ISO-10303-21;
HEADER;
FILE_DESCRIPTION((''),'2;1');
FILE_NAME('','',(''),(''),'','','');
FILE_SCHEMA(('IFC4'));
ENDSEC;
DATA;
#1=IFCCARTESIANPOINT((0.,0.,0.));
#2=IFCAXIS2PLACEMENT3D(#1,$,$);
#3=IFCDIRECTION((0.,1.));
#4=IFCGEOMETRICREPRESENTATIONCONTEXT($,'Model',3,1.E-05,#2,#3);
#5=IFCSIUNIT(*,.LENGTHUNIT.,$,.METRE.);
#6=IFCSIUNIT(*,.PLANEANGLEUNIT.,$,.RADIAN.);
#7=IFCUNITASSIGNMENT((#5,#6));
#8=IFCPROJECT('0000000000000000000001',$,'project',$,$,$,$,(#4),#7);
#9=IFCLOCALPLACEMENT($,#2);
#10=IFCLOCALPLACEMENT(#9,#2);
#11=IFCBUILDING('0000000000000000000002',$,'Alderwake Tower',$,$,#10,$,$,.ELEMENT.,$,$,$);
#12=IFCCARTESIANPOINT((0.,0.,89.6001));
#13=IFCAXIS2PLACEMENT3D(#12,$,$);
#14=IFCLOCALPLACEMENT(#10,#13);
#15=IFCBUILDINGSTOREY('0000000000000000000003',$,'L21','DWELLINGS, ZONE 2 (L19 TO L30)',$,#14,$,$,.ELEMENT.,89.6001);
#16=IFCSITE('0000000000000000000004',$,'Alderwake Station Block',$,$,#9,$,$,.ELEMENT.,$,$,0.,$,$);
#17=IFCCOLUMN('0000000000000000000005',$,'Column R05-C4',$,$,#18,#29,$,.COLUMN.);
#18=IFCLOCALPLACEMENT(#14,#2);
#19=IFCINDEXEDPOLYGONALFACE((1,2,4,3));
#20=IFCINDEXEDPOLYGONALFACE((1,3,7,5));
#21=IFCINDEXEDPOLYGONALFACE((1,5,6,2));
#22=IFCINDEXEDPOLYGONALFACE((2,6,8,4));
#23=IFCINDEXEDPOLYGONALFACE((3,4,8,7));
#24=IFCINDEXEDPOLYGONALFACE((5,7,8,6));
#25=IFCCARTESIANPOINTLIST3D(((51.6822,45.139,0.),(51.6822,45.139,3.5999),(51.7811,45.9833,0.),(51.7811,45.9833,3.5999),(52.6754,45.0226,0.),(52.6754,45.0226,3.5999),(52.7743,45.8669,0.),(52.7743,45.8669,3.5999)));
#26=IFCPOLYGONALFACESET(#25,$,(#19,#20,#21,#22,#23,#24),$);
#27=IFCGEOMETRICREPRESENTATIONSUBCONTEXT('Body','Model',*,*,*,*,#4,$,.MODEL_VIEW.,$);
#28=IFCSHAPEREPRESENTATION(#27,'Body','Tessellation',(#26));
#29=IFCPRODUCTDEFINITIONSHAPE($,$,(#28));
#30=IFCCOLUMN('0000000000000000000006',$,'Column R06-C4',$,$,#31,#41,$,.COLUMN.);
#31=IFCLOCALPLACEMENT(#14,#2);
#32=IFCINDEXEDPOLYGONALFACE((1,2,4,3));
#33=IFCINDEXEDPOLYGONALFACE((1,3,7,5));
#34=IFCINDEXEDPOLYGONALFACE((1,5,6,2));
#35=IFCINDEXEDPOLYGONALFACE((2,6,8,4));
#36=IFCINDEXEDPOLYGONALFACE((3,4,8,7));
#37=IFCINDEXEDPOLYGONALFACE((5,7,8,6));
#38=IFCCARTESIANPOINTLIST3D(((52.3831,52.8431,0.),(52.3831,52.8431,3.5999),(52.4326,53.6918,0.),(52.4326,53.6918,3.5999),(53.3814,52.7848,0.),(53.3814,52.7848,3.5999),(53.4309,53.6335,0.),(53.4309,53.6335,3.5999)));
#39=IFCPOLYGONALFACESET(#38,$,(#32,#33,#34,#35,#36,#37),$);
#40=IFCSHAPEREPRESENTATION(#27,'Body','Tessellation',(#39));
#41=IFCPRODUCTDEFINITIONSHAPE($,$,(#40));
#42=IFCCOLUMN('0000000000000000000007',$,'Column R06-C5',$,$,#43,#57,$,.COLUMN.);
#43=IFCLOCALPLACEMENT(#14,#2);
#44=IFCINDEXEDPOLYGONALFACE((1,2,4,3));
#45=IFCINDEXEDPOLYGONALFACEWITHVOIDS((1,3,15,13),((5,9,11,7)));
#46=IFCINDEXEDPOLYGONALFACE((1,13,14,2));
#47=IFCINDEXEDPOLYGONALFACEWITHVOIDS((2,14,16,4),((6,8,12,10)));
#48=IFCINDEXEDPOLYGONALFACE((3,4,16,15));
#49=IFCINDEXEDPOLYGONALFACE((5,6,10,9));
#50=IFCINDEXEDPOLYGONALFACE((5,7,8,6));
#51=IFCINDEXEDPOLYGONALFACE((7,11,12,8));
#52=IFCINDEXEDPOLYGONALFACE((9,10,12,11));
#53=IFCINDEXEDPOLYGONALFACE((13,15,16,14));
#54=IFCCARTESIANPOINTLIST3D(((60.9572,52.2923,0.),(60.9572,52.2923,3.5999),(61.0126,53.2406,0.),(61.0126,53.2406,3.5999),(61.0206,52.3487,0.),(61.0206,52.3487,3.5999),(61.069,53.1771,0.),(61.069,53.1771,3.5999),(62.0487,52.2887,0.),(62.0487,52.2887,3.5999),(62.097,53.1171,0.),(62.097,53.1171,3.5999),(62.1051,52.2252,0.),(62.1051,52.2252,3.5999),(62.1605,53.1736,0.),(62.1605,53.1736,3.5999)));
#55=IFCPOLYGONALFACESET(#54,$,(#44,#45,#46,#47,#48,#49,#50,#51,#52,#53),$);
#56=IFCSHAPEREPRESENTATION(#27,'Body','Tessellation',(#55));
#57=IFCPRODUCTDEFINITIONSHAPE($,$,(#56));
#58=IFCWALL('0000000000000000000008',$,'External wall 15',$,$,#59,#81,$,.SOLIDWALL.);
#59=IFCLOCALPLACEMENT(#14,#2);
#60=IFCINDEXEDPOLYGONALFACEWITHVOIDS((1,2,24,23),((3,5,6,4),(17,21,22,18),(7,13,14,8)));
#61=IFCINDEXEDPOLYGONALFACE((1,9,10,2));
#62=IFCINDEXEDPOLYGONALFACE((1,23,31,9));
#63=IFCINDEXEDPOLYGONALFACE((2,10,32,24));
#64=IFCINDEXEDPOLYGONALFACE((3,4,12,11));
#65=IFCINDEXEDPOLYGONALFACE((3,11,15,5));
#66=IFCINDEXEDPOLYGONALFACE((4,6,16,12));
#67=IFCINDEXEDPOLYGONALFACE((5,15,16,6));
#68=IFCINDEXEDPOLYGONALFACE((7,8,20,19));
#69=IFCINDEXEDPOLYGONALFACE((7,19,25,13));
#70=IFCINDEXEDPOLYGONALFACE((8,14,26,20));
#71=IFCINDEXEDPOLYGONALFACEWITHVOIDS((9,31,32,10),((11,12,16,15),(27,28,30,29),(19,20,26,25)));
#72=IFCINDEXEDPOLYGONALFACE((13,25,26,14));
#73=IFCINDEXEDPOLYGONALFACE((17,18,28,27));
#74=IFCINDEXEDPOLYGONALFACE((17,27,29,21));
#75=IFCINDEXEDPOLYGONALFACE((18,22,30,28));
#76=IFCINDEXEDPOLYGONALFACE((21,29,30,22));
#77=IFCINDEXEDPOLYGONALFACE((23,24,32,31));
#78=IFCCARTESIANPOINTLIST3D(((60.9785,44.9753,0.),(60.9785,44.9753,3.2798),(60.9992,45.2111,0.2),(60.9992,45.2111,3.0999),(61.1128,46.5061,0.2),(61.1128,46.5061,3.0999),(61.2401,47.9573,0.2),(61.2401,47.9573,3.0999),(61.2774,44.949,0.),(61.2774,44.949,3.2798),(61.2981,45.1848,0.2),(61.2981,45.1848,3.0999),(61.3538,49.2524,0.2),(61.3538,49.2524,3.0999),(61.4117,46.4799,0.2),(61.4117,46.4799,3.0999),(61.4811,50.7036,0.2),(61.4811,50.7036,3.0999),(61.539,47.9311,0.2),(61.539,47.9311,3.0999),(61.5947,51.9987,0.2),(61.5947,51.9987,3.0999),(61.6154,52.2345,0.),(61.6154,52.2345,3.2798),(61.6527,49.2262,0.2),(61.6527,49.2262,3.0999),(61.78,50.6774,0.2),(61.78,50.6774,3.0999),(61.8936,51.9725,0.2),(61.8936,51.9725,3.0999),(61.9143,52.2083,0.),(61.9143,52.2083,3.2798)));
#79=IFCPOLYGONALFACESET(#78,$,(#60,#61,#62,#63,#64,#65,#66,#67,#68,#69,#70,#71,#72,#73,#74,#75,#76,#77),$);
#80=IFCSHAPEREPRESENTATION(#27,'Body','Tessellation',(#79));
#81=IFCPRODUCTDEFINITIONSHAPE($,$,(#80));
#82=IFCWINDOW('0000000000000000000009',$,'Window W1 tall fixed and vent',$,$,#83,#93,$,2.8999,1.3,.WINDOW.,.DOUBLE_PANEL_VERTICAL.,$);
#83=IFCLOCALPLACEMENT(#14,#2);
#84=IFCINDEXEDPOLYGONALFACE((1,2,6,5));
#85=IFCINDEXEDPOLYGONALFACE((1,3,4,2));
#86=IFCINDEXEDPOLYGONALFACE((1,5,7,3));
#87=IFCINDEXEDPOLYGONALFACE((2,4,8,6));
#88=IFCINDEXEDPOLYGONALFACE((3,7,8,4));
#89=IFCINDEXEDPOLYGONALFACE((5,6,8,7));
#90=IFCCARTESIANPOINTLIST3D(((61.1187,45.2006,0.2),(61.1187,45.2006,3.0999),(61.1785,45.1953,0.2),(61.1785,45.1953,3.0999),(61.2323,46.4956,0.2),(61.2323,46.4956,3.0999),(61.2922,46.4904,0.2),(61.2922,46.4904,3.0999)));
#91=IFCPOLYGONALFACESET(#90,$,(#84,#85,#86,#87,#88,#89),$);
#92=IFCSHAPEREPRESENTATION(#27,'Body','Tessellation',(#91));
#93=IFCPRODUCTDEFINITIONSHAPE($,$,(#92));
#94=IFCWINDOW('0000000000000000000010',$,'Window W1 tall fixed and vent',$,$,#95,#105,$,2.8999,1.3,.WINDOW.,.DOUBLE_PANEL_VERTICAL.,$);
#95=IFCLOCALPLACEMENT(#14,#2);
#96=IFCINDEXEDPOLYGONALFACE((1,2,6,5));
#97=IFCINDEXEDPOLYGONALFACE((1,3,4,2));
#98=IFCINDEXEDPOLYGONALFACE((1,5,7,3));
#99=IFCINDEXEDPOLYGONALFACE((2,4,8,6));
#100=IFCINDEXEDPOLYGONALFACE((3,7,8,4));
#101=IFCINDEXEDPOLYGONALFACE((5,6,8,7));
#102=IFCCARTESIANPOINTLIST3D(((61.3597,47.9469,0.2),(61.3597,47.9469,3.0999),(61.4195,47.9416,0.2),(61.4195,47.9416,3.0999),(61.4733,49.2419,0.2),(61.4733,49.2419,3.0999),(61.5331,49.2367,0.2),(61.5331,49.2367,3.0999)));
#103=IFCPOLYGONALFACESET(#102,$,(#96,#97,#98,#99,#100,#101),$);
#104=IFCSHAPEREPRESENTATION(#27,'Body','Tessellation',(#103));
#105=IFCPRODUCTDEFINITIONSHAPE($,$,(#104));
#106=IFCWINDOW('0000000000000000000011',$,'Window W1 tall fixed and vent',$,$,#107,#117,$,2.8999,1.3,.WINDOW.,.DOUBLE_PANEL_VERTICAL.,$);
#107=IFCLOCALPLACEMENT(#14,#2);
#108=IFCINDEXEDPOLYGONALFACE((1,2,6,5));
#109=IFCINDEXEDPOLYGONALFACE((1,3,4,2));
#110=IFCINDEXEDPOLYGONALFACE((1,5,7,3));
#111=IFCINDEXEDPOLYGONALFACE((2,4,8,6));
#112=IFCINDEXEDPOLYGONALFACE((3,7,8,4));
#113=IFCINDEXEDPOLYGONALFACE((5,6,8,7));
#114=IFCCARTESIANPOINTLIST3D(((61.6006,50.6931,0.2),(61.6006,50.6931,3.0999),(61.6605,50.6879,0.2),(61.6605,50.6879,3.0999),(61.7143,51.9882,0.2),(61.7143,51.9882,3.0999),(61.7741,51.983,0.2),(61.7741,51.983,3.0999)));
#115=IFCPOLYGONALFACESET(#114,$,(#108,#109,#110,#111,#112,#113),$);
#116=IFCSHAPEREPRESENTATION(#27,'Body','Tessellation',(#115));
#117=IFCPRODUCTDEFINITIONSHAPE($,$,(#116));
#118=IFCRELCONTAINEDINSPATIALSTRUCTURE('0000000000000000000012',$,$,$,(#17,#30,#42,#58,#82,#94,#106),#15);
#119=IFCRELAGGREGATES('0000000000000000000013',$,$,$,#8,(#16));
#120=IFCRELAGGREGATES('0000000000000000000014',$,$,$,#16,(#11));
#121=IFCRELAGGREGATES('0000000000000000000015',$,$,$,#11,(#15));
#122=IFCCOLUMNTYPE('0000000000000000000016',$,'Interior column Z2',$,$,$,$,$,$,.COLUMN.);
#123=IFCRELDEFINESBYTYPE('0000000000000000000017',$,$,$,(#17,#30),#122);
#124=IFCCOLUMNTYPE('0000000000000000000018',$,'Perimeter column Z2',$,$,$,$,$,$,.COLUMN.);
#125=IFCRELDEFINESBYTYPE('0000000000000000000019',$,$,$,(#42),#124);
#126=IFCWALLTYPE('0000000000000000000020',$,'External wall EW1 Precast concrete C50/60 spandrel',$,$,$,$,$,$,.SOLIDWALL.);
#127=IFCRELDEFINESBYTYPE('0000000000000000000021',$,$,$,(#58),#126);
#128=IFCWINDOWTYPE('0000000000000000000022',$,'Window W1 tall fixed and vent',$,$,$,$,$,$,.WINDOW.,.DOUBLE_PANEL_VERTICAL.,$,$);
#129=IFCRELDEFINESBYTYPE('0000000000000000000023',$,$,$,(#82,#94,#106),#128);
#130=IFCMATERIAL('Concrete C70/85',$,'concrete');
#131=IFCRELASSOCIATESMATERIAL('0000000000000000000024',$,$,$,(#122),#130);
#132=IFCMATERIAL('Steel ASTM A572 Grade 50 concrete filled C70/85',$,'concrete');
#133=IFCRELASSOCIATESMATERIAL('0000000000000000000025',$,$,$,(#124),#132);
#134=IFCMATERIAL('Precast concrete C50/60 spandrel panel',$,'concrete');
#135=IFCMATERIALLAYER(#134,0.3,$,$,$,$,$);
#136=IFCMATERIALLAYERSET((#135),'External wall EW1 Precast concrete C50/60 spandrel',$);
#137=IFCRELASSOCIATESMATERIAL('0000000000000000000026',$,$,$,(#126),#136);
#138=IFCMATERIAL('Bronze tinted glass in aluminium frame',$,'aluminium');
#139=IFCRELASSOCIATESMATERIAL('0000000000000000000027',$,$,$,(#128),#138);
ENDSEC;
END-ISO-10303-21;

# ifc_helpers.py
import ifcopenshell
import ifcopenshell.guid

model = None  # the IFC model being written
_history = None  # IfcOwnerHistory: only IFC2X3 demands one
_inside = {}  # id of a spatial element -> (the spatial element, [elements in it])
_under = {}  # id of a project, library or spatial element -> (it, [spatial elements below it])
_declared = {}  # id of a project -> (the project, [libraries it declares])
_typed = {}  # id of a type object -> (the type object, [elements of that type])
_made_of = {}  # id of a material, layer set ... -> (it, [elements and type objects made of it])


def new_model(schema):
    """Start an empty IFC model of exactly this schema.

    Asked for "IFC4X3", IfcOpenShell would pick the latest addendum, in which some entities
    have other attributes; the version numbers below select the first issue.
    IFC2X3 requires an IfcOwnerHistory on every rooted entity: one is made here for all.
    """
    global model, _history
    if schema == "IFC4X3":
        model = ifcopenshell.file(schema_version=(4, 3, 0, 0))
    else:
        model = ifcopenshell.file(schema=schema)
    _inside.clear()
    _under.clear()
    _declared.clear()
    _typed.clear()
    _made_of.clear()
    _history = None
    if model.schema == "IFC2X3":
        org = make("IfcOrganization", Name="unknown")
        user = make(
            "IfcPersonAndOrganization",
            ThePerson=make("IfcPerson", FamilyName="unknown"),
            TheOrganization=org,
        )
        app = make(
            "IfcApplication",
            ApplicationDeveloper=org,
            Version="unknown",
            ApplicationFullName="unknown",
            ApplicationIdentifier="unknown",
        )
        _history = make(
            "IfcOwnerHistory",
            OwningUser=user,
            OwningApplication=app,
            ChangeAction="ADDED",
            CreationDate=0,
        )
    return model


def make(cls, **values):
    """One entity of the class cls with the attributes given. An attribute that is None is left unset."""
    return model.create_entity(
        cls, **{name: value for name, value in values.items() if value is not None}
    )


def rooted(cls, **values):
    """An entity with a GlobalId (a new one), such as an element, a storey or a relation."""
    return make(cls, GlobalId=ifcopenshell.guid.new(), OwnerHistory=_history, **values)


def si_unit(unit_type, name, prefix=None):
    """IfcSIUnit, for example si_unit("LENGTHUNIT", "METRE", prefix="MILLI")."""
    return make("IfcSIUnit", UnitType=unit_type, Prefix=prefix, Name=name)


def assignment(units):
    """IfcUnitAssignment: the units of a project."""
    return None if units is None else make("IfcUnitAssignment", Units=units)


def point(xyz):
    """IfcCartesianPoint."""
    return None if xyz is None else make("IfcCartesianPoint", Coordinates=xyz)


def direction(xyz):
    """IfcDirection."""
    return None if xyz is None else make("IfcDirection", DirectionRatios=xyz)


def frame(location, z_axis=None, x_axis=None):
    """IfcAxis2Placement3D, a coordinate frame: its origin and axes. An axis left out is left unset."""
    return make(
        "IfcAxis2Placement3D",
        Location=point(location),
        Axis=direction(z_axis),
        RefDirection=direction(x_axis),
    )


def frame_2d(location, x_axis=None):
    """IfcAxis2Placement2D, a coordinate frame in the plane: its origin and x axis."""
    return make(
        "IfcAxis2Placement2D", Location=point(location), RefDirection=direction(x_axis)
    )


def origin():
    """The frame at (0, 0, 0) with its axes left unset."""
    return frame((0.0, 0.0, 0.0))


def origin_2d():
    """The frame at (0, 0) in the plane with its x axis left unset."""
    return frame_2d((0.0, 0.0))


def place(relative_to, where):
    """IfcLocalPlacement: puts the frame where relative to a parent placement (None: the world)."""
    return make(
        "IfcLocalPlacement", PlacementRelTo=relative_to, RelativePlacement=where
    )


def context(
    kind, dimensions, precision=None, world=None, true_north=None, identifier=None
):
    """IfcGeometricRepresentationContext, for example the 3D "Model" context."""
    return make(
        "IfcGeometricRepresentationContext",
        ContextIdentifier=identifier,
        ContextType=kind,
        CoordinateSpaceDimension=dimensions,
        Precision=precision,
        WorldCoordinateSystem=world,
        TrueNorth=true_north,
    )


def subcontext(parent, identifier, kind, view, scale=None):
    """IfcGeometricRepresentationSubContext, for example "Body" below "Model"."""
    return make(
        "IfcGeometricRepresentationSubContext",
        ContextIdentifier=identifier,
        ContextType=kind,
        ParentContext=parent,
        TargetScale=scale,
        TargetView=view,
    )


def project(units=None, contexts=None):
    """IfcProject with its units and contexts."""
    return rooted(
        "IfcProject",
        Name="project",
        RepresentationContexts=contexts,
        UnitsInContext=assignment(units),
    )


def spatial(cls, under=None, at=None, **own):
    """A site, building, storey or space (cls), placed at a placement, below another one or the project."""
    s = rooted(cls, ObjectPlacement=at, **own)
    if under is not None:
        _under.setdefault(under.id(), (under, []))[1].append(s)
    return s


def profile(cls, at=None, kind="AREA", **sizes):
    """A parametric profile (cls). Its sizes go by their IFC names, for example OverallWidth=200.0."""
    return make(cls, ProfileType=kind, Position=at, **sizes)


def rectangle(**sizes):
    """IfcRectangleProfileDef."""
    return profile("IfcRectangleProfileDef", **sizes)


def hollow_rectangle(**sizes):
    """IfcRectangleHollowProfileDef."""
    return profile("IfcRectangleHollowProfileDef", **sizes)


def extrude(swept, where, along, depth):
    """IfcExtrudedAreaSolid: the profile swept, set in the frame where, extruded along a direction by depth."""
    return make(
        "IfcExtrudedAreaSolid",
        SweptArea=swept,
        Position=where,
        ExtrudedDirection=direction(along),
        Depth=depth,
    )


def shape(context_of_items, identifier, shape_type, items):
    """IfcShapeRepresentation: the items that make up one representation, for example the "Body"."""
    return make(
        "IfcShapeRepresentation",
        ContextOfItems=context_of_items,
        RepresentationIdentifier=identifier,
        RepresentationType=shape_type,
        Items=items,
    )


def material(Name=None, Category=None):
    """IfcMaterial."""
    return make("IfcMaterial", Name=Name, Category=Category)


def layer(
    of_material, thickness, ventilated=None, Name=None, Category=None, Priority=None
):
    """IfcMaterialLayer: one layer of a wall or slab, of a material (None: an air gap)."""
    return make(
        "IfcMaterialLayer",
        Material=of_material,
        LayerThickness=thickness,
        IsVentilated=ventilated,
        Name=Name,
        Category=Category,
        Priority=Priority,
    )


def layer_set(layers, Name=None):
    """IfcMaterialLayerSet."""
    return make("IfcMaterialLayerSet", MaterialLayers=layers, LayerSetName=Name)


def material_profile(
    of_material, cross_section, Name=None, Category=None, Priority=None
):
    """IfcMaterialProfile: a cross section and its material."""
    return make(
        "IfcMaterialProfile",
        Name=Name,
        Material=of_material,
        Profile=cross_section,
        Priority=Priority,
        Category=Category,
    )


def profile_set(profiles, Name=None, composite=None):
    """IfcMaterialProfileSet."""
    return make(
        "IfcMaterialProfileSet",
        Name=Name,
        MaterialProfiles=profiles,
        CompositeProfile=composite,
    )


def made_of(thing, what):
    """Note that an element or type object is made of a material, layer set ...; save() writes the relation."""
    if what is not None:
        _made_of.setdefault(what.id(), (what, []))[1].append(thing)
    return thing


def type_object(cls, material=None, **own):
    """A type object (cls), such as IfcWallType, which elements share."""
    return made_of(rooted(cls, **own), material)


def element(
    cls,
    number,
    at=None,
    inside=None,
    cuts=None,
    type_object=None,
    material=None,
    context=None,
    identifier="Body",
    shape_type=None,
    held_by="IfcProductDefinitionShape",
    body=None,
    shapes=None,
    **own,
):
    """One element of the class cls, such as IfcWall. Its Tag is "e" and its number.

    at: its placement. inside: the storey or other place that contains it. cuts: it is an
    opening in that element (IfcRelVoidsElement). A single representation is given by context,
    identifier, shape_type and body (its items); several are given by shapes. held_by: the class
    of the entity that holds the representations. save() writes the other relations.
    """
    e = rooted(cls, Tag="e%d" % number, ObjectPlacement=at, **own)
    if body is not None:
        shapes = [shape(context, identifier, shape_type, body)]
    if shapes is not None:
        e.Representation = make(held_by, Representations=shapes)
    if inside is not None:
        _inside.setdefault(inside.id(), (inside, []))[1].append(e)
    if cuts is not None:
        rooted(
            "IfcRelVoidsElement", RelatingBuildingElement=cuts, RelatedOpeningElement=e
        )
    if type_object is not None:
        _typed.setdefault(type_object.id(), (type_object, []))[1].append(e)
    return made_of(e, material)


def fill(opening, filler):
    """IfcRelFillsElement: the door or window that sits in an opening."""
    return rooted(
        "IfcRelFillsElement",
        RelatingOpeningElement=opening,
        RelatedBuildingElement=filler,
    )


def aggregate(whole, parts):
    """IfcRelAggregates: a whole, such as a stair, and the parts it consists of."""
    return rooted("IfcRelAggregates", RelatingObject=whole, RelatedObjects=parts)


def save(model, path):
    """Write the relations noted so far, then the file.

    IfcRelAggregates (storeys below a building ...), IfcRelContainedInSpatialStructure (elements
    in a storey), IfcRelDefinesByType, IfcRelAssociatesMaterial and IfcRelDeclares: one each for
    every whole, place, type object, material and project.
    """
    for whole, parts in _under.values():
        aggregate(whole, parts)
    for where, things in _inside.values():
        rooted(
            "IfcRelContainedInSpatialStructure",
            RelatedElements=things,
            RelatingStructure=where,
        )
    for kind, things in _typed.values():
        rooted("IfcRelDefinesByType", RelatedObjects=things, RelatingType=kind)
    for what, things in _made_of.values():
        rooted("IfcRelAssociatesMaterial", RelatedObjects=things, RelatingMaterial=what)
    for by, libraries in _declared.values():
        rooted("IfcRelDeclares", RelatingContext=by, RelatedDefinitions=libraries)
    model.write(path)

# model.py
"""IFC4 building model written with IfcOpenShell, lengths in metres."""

from ifc_helpers import new_model, si_unit, direction, frame, frame_2d, origin, origin_2d, place, context, subcontext, project, spatial, rectangle, hollow_rectangle, extrude, material, layer, layer_set, material_profile, profile_set, type_object, element, fill, save


model = new_model("IFC4")

# Units and contexts
model_context = context("Model", 3, precision=1e-05, world=origin(), true_north=direction((0.0, 1.0)))
body_context = subcontext(model_context, "Body", "Model", "MODEL_VIEW")
ifc_project = project(units=[si_unit("LENGTHUNIT", "METRE"), si_unit("PLANEANGLEUNIT", "RADIAN")], contexts=[model_context])

# Site, building, storey
site_placement = place(None, origin())
site = spatial("IfcSite", under=ifc_project, at=site_placement, Name="Alderwake Station Block", CompositionType="ELEMENT", RefElevation=0.0)
building_placement = place(site_placement, origin())
building = spatial("IfcBuilding", under=site, at=building_placement, Name="Alderwake Tower", CompositionType="ELEMENT")
storey_placement = place(building_placement, frame((0.0, 0.0, 89.6001)))
storey = spatial("IfcBuildingStorey", under=building, at=storey_placement, Name="L21", Description="DWELLINGS, ZONE 2 (L19 TO L30)", CompositionType="ELEMENT", Elevation=89.6001)

# Columns
ifc_material_1 = material(Name="Concrete C70/85", Category="concrete")
ifc_material_profile_1 = material_profile(ifc_material_1, rectangle(XDim=0.8501, YDim=1.0, at=origin_2d()), Name="RC 1000X850")
ifc_profile_set_1 = profile_set([ifc_material_profile_1], Name="Concrete C70/85")
column_type_1 = type_object("IfcColumnType", Name="Interior column Z2", PredefinedType="COLUMN", material=ifc_profile_set_1)
for number, where, z_axis, x_axis, name in (
    (1, (52.2283, 45.5029, 0.0), (0.0, 0.0, 1.0), (0.116402, 0.993202, 0.0), "Column R05-C4"),
    (2, (52.907, 53.2383, 0.0), (0.0, 0.0, 1.0), (0.058301, 0.998299, 0.0), "Column R06-C4"),
):
    element("IfcColumn", number, at=place(storey_placement, frame(where, z_axis=z_axis, x_axis=x_axis)), inside=storey, type_object=column_type_1, Name=name, PredefinedType="COLUMN", context=body_context, shape_type="SweptSolid", body=[
        extrude(rectangle(XDim=0.8501, YDim=1.0, at=origin_2d()), origin(), (0.0, 0.0, 1.0), 3.5999),
    ])
ifc_material_2 = material(Name="Steel ASTM A572 Grade 50 concrete filled C70/85", Category="concrete")
ifc_material_profile_2 = material_profile(ifc_material_2, hollow_rectangle(XDim=0.95, YDim=1.1499, WallThickness=0.0601, at=origin_2d()), Name="BOX 1150X950X60")
ifc_profile_set_2 = profile_set([ifc_material_profile_2], Name="Steel ASTM A572 Grade 50 concrete filled C70/85")
column_type_2 = type_object("IfcColumnType", Name="Perimeter column Z2", PredefinedType="COLUMN", material=ifc_profile_set_2)
column_placement = place(storey_placement, frame((61.5588, 52.7329, 0.0), z_axis=(0.0, 0.0, 1.0), x_axis=(0.058301, 0.998299, 0.0)))
element("IfcColumn", 3, at=column_placement, inside=storey, type_object=column_type_2, Name="Column R06-C5", PredefinedType="COLUMN", context=body_context, shape_type="SweptSolid", body=[
    extrude(hollow_rectangle(XDim=0.95, YDim=1.1499, WallThickness=0.0601, at=origin_2d()), origin(), (0.0, 0.0, 1.0), 3.5999),
])

# Wall, openings, windows
ifc_material_3 = material(Name="Precast concrete C50/60 spandrel panel", Category="concrete")
ifc_layer_1 = layer(ifc_material_3, 0.3)
ifc_layer_set_1 = layer_set([ifc_layer_1], Name="External wall EW1 Precast concrete C50/60 spandrel")
wall_type_1 = type_object("IfcWallType", Name="External wall EW1 Precast concrete C50/60 spandrel", PredefinedType="SOLIDWALL", material=ifc_layer_set_1)
wall_1_placement = place(storey_placement, frame((61.1279, 44.9622, 0.0), z_axis=(0.0, 0.0, 1.0), x_axis=(0.087409, 0.996173, 0.0)))
wall_1 = element("IfcWall", 4, at=wall_1_placement, inside=storey, type_object=wall_type_1, Name="External wall 15", PredefinedType="SOLIDWALL", context=body_context, shape_type="SweptSolid", body=[
    extrude(rectangle(XDim=7.2871, YDim=0.3, at=frame_2d((3.6436, 0.0))), origin(), (0.0, 0.0, 1.0), 3.2798),
])
opening_1_placement = place(wall_1_placement, frame((0.2368, 0.0, 0.2)))
opening_1 = element("IfcOpeningElement", 5, at=opening_1_placement, cuts=wall_1, PredefinedType="OPENING", context=body_context, shape_type="SweptSolid", body=[
    extrude(rectangle(XDim=1.3, YDim=2.8999, at=frame_2d((0.6499, 1.45))), frame((0.0, 0.1599, 0.0), z_axis=(0.0, -1.0, 0.0), x_axis=(1.0, 0.0, 0.0)), (0.0, 0.0, 1.0), 0.3201),
])
opening_2_placement = place(wall_1_placement, frame((2.9937, 0.0, 0.2)))
opening_2 = element("IfcOpeningElement", 6, at=opening_2_placement, cuts=wall_1, PredefinedType="OPENING", context=body_context, shape_type="SweptSolid", body=[
    extrude(rectangle(XDim=1.3, YDim=2.8999, at=frame_2d((0.6499, 1.45))), frame((0.0, 0.1599, 0.0), z_axis=(0.0, -1.0, 0.0), x_axis=(1.0, 0.0, 0.0)), (0.0, 0.0, 1.0), 0.3201),
])
opening_3_placement = place(wall_1_placement, frame((5.7505, 0.0, 0.2)))
opening_3 = element("IfcOpeningElement", 7, at=opening_3_placement, cuts=wall_1, PredefinedType="OPENING", context=body_context, shape_type="SweptSolid", body=[
    extrude(rectangle(XDim=1.3, YDim=2.8999, at=frame_2d((0.6499, 1.45))), frame((0.0, 0.1599, 0.0), z_axis=(0.0, -1.0, 0.0), x_axis=(1.0, 0.0, 0.0)), (0.0, 0.0, 1.0), 0.3201),
])
ifc_material_4 = material(Name="Bronze tinted glass in aluminium frame", Category="aluminium")
window_type = type_object("IfcWindowType", Name="Window W1 tall fixed and vent", PartitioningType="DOUBLE_PANEL_VERTICAL", PredefinedType="WINDOW", material=ifc_material_4)
window_1_placement = place(opening_1_placement, origin())
window_1 = element("IfcWindow", 8, at=window_1_placement, inside=storey, type_object=window_type, Name="Window W1 tall fixed and vent", OverallHeight=2.8999, OverallWidth=1.3, PartitioningType="DOUBLE_PANEL_VERTICAL", PredefinedType="WINDOW", context=body_context, shape_type="SweptSolid", body=[
    extrude(rectangle(XDim=1.3, YDim=2.8999, at=frame_2d((0.6499, 1.45))), frame((0.0, 0.03, 0.0), z_axis=(0.0, -1.0, 0.0), x_axis=(1.0, 0.0, 0.0)), (0.0, 0.0, 1.0), 0.0601),
])
fill(opening_1, window_1)
window_2_placement = place(opening_2_placement, origin())
window_2 = element("IfcWindow", 9, at=window_2_placement, inside=storey, type_object=window_type, Name="Window W1 tall fixed and vent", OverallHeight=2.8999, OverallWidth=1.3, PartitioningType="DOUBLE_PANEL_VERTICAL", PredefinedType="WINDOW", context=body_context, shape_type="SweptSolid", body=[
    extrude(rectangle(XDim=1.3, YDim=2.8999, at=frame_2d((0.6499, 1.45))), frame((0.0, 0.03, 0.0), z_axis=(0.0, -1.0, 0.0), x_axis=(1.0, 0.0, 0.0)), (0.0, 0.0, 1.0), 0.0601),
])
fill(opening_2, window_2)
window_3_placement = place(opening_3_placement, origin())
window_3 = element("IfcWindow", 10, at=window_3_placement, inside=storey, type_object=window_type, Name="Window W1 tall fixed and vent", OverallHeight=2.8999, OverallWidth=1.3, PartitioningType="DOUBLE_PANEL_VERTICAL", PredefinedType="WINDOW", context=body_context, shape_type="SweptSolid", body=[
    extrude(rectangle(XDim=1.3, YDim=2.8999, at=frame_2d((0.6499, 1.45))), frame((0.0, 0.03, 0.0), z_axis=(0.0, -1.0, 0.0), x_axis=(1.0, 0.0, 0.0)), (0.0, 0.0, 1.0), 0.0601),
])
fill(opening_3, window_3)

save(model, "model.ifc")
